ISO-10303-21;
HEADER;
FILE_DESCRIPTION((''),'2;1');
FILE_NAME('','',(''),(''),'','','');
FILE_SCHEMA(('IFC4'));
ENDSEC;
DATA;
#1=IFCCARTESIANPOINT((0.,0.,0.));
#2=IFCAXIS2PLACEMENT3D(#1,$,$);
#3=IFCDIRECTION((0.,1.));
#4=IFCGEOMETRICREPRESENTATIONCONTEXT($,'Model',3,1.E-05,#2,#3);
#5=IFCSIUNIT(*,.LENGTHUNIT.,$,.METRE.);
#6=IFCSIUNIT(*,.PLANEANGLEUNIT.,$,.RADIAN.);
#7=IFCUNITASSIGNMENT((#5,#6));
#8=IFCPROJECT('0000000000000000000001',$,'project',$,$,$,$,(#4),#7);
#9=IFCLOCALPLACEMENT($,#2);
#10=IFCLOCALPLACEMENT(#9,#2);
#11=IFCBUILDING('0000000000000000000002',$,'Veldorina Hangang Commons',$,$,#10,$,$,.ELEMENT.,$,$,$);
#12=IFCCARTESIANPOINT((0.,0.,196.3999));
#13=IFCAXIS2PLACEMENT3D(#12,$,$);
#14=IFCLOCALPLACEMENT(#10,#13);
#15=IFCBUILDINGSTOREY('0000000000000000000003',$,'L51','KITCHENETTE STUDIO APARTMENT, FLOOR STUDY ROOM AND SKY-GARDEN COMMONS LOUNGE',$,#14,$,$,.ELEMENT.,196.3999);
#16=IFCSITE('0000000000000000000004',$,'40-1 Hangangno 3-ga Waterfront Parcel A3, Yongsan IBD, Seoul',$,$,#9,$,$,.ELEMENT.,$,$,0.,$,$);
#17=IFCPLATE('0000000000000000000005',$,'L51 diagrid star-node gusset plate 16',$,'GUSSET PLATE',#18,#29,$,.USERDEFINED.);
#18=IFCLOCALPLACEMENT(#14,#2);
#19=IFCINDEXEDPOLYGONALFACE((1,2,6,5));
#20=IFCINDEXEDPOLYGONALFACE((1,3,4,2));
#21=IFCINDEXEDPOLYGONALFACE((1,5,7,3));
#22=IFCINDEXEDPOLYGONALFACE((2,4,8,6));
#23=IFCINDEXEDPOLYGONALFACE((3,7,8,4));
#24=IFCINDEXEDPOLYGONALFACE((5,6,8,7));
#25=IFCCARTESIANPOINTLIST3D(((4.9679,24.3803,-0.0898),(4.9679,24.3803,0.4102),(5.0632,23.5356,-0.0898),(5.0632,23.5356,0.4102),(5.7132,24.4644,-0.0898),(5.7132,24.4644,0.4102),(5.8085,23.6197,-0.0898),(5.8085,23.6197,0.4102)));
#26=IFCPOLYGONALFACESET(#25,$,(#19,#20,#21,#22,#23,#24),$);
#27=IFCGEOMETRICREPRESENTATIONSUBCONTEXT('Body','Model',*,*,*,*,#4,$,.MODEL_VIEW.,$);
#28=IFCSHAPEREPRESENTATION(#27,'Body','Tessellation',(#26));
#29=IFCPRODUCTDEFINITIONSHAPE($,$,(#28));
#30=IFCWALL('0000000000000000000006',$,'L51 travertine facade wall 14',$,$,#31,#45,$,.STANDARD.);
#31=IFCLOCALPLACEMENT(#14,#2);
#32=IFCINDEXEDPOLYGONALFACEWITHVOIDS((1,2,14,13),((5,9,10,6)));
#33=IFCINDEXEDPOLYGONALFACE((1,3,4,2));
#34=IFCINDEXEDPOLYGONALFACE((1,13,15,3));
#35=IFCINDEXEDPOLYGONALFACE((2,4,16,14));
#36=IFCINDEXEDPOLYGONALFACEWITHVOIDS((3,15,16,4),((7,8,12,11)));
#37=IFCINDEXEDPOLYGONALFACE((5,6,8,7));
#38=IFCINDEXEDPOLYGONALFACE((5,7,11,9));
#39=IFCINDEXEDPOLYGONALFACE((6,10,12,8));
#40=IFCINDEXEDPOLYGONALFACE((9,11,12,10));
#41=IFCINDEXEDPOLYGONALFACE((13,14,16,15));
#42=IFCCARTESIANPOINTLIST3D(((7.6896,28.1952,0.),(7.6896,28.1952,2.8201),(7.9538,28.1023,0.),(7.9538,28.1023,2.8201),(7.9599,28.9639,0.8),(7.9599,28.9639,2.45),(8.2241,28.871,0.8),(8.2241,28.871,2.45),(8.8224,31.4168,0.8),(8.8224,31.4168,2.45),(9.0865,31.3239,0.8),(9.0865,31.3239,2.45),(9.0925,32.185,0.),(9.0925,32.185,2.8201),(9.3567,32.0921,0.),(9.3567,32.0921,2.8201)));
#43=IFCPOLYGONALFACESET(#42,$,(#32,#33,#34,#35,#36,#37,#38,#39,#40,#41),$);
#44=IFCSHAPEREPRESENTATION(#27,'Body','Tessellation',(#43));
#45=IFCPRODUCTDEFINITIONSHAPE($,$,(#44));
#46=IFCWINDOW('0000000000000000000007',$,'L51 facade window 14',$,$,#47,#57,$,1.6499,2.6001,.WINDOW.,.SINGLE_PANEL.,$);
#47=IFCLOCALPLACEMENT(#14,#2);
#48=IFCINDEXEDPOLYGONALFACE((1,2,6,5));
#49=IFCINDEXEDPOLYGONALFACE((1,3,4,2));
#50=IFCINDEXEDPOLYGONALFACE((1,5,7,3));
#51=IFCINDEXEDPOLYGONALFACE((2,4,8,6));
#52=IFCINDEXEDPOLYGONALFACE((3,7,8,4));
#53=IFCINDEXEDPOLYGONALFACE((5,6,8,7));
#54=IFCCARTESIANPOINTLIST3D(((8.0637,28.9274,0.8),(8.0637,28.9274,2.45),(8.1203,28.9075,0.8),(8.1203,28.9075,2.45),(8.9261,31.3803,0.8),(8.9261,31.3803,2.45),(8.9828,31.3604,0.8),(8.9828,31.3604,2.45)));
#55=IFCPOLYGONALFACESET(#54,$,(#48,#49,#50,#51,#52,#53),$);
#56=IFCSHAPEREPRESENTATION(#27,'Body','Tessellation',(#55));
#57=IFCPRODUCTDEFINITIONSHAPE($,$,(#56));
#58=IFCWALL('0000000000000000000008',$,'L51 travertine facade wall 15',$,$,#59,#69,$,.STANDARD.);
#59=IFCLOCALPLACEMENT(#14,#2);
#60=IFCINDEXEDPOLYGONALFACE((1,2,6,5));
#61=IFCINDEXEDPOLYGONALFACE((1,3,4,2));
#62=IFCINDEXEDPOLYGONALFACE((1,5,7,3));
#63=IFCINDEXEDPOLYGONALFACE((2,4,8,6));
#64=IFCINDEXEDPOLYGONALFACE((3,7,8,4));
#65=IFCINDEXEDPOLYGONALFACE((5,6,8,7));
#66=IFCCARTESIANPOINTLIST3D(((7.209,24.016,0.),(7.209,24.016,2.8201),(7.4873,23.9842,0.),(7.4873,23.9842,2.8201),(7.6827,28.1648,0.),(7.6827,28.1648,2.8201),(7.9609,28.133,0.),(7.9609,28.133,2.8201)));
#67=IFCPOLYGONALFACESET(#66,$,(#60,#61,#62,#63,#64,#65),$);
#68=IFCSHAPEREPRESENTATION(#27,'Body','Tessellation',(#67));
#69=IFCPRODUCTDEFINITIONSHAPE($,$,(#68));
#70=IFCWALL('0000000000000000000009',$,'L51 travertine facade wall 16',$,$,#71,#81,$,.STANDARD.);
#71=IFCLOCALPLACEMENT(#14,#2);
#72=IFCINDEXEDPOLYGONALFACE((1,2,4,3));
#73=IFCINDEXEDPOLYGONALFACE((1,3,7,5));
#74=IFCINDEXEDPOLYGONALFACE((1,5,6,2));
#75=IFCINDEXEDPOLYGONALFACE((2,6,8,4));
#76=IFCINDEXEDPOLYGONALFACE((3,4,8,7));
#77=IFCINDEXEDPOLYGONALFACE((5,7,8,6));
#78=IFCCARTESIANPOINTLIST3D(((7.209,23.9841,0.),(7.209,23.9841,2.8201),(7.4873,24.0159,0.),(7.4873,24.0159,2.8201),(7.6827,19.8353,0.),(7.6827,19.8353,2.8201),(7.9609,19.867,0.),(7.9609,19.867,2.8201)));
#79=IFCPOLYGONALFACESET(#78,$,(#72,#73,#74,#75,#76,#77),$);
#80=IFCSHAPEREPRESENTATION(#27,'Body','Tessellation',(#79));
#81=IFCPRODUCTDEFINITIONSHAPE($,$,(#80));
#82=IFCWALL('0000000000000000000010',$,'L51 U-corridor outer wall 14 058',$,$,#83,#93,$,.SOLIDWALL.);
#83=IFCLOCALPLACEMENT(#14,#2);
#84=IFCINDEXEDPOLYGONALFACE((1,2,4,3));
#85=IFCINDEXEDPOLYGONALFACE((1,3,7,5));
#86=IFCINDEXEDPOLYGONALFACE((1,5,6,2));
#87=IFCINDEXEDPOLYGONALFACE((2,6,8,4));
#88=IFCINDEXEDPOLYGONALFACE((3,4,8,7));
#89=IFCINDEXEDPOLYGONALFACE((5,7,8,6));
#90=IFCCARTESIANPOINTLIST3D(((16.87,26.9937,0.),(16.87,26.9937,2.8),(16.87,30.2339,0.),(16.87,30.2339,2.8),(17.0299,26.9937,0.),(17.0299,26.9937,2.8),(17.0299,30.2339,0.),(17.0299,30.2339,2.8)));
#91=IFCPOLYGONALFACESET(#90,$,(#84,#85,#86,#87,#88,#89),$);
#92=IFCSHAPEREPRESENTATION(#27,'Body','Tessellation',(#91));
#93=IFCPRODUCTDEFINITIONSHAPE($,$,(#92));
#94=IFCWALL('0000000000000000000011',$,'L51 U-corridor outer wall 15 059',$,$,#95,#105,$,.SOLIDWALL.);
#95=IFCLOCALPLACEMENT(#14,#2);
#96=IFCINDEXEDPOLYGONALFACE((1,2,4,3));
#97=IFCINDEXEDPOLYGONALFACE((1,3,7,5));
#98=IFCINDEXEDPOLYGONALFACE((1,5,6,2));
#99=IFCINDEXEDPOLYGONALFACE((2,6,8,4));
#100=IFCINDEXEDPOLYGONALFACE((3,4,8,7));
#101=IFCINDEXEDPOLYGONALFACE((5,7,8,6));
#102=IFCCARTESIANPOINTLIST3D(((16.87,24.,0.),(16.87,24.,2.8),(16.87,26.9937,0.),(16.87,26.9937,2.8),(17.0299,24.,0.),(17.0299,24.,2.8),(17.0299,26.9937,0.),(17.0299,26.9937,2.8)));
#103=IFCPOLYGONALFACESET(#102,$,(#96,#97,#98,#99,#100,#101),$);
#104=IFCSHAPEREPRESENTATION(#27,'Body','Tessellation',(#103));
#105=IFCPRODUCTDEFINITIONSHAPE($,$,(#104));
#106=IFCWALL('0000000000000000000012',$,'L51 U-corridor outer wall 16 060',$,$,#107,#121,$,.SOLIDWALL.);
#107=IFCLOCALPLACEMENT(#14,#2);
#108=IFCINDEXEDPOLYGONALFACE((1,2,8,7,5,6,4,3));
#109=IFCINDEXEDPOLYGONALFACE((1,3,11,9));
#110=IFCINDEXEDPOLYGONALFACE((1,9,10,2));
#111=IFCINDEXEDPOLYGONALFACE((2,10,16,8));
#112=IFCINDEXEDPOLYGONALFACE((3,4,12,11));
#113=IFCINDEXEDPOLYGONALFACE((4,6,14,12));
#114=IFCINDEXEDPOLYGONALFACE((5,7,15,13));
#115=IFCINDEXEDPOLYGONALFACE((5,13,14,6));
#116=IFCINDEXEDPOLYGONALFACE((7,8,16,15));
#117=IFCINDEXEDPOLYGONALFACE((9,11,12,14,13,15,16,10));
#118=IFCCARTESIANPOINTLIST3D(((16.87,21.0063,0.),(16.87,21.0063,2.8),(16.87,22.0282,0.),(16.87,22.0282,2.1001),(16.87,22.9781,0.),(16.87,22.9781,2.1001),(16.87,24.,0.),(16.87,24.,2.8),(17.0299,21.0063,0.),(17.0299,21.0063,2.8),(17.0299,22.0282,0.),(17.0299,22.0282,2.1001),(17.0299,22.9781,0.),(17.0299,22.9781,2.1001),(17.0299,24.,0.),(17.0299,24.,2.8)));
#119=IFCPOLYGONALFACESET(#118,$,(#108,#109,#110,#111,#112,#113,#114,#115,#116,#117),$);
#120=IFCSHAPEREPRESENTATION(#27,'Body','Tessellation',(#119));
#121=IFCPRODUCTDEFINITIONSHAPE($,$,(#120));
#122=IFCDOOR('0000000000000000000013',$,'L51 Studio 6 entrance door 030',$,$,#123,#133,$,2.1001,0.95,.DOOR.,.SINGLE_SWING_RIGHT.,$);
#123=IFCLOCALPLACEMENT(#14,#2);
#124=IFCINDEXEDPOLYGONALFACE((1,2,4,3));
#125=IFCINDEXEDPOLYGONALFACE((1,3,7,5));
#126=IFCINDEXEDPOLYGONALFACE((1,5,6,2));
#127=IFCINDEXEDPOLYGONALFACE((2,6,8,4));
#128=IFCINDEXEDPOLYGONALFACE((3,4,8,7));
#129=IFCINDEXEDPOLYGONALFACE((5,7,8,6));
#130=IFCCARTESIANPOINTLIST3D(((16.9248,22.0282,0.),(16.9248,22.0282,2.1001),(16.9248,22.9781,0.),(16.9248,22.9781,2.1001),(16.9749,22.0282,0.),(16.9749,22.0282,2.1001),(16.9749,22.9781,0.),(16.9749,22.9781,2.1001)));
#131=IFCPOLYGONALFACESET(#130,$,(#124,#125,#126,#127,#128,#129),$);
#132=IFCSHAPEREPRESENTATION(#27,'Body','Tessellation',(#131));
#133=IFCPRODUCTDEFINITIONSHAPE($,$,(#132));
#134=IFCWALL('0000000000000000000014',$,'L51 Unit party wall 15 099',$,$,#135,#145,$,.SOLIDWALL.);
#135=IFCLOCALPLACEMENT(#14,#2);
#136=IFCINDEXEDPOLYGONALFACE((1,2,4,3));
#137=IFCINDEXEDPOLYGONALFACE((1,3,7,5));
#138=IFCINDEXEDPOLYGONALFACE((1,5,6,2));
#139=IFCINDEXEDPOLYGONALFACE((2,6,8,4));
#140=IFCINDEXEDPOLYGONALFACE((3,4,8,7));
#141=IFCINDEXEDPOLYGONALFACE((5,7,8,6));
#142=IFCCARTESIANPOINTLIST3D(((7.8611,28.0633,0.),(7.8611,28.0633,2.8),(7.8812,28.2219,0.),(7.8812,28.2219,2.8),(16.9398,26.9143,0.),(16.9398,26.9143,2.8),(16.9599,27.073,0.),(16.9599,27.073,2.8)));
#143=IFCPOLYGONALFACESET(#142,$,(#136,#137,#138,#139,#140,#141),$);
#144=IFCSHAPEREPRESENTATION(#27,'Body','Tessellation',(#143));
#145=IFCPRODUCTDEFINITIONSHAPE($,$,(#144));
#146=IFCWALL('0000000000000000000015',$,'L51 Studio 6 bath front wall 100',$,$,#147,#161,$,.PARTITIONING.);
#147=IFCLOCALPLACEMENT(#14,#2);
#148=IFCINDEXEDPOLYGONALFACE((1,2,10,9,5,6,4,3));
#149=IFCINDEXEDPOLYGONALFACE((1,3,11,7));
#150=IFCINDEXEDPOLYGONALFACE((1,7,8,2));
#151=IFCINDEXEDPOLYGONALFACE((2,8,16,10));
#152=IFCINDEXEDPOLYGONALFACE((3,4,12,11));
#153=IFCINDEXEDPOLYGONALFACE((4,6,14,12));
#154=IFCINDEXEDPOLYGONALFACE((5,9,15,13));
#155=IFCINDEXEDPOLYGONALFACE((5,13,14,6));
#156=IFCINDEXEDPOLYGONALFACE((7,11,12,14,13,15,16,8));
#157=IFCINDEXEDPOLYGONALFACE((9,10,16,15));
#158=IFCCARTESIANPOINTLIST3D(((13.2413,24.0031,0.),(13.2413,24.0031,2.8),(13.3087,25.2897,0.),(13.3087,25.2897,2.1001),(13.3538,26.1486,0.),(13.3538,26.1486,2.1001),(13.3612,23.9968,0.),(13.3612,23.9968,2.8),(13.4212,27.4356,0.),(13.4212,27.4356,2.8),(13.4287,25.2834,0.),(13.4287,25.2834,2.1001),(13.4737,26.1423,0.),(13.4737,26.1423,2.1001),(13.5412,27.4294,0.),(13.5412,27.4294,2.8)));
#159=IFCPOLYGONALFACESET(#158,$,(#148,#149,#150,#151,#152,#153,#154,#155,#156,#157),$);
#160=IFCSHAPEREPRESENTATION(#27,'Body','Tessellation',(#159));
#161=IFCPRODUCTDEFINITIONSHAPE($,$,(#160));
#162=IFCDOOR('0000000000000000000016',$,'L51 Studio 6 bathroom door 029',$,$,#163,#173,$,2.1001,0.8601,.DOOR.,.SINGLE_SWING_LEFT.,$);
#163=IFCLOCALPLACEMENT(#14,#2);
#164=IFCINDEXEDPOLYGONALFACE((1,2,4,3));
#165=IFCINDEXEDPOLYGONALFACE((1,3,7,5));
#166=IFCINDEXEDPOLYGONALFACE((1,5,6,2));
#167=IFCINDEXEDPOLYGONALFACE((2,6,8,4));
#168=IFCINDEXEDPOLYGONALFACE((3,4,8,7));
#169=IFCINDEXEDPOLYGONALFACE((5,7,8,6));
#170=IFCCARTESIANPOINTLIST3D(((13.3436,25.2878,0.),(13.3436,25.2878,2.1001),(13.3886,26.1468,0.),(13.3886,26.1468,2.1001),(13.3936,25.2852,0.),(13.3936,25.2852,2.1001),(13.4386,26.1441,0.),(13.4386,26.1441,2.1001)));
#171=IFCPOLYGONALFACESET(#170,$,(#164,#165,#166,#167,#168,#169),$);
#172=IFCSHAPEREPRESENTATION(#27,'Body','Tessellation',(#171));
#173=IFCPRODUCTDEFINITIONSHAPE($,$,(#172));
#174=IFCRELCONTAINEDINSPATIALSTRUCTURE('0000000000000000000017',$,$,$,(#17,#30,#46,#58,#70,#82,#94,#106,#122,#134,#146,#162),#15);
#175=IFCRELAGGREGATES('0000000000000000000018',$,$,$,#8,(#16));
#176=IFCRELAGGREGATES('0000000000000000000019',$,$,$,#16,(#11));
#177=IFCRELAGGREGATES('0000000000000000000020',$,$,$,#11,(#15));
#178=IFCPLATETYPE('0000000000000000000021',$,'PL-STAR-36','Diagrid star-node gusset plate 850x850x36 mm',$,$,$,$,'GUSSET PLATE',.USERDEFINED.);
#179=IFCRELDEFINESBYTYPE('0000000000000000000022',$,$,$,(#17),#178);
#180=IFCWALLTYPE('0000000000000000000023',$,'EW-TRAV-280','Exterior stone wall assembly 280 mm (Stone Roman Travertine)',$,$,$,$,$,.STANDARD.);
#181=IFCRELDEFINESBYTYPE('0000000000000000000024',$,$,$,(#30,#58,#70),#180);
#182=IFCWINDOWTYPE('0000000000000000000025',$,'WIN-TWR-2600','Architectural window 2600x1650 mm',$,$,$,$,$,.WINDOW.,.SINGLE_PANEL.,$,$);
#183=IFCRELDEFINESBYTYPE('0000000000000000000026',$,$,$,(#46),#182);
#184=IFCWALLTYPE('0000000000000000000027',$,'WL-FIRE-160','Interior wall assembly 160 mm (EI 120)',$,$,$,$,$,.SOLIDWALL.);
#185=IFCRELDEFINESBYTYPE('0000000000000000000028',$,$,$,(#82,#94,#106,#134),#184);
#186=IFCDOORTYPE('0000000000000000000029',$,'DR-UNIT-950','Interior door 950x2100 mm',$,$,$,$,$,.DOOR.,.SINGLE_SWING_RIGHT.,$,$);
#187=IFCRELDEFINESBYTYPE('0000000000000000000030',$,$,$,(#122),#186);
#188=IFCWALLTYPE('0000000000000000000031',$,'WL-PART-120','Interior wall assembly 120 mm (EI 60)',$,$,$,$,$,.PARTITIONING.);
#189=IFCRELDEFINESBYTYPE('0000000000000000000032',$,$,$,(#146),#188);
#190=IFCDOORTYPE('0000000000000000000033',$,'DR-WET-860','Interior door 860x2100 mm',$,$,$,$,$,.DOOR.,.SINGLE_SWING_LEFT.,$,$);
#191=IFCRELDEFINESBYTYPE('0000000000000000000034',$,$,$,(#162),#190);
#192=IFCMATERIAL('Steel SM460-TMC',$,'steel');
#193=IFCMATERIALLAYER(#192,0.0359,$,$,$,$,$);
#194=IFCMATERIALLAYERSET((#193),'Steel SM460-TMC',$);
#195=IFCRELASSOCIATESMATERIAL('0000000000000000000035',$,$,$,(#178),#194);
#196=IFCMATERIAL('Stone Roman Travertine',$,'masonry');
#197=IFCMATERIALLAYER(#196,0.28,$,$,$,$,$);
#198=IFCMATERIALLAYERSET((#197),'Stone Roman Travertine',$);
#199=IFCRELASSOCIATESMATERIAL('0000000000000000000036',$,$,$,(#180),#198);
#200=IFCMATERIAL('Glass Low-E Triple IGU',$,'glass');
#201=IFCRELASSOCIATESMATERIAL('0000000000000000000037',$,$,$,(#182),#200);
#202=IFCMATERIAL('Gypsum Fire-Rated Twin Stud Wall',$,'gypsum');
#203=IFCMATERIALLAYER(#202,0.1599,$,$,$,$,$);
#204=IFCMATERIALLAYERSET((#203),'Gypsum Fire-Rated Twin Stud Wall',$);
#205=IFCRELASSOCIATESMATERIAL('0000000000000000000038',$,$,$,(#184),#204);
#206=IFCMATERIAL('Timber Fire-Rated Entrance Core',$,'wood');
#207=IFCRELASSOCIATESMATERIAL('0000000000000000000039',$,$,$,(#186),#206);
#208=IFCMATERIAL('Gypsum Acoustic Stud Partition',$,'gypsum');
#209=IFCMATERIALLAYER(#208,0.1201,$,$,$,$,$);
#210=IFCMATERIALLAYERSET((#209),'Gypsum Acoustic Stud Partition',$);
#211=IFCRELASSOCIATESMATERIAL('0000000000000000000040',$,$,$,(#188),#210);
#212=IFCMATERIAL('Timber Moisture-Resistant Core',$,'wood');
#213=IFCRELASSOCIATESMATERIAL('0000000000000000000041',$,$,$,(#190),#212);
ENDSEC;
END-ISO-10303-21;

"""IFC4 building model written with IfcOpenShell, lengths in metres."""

from ifc_helpers import new_model, si_unit, direction, frame, frame_2d, origin, origin_2d, place, context, subcontext, project, spatial, rectangle, extrude, material, layer, layer_set, type_object, element, fill, save


model = new_model("IFC4")

# Units and contexts
model_context = context("Model", 3, precision=1e-05, world=origin(), true_north=direction((0.0, 1.0)))
body_context = subcontext(model_context, "Body", "Model", "MODEL_VIEW")
ifc_project = project(units=[si_unit("LENGTHUNIT", "METRE"), si_unit("PLANEANGLEUNIT", "RADIAN")], contexts=[model_context])

# Site, building, storey
site_placement = place(None, origin())
site = spatial("IfcSite", under=ifc_project, at=site_placement, Name="40-1 Hangangno 3-ga Waterfront Parcel A3, Yongsan IBD, Seoul", CompositionType="ELEMENT", RefElevation=0.0)
building_placement = place(site_placement, origin())
building = spatial("IfcBuilding", under=site, at=building_placement, Name="Veldorina Hangang Commons", CompositionType="ELEMENT")
storey_placement = place(building_placement, frame((0.0, 0.0, 196.3999)))
storey = spatial("IfcBuildingStorey", under=building, at=storey_placement, Name="L51", Description="KITCHENETTE STUDIO APARTMENT, FLOOR STUDY ROOM AND SKY-GARDEN COMMONS LOUNGE", CompositionType="ELEMENT", Elevation=196.3999)

# Plate
ifc_material_1 = material(Name="Steel SM460-TMC", Category="steel")
ifc_layer_1 = layer(ifc_material_1, 0.0359)
ifc_layer_set_1 = layer_set([ifc_layer_1], Name="Steel SM460-TMC")
plate_type = type_object("IfcPlateType", Name="PL-STAR-36", Description="Diagrid star-node gusset plate 850x850x36 mm", ElementType="GUSSET PLATE", PredefinedType="USERDEFINED", material=ifc_layer_set_1)
plate_1_placement = place(storey_placement, frame((5.3882, 24.0, -0.0898), z_axis=(0.0, 0.0, 1.0), x_axis=(0.112128, -0.993694, 0.0)))
element("IfcPlate", 1, at=plate_1_placement, inside=storey, type_object=plate_type, Name="L51 diagrid star-node gusset plate 16", ObjectType="GUSSET PLATE", PredefinedType="USERDEFINED", context=body_context, shape_type="SweptSolid", body=[
    extrude(rectangle(XDim=0.8501, YDim=0.75, at=origin_2d()), origin(), (0.0, 0.0, 1.0), 0.5),
])

# Wall, opening, window
ifc_material_2 = material(Name="Stone Roman Travertine", Category="masonry")
ifc_layer_2 = layer(ifc_material_2, 0.28)
ifc_layer_set_2 = layer_set([ifc_layer_2], Name="Stone Roman Travertine")
wall_type_1 = type_object("IfcWallType", Name="EW-TRAV-280", Description="Exterior stone wall assembly 280 mm (Stone Roman Travertine)", PredefinedType="STANDARD", material=ifc_layer_set_2)
wall_1_placement = place(storey_placement, frame((9.2246, 32.1387, 0.0), z_axis=(0.0, 0.0, 1.0), x_axis=(-0.331703, -0.943384, 0.0)))
wall_1 = element("IfcWall", 2, at=wall_1_placement, inside=storey, type_object=wall_type_1, Name="L51 travertine facade wall 14", PredefinedType="STANDARD", context=body_context, shape_type="SweptSolid", body=[
    extrude(rectangle(XDim=4.2292, YDim=0.28, at=frame_2d((2.1147, 0.0))), origin(), (0.0, 0.0, 1.0), 2.8201),
])
opening_1_placement = place(wall_1_placement, frame((0.8145, 0.0, 0.8)))
opening_1 = element("IfcOpeningElement", 3, at=opening_1_placement, cuts=wall_1, PredefinedType="OPENING", context=body_context, shape_type="SweptSolid", body=[
    extrude(rectangle(XDim=2.6001, YDim=1.6499, at=frame_2d((1.3, 0.825))), frame((0.0, 0.1499, 0.0), z_axis=(0.0, -1.0, 0.0), x_axis=(1.0, 0.0, 0.0)), (0.0, 0.0, 1.0), 0.3),
])
ifc_material_3 = material(Name="Glass Low-E Triple IGU", Category="glass")
window_type = type_object("IfcWindowType", Name="WIN-TWR-2600", Description="Architectural window 2600x1650 mm", PartitioningType="SINGLE_PANEL", PredefinedType="WINDOW", material=ifc_material_3)
window_placement = place(opening_1_placement, origin())
window = element("IfcWindow", 4, at=window_placement, inside=storey, type_object=window_type, Name="L51 facade window 14", OverallHeight=1.6499, OverallWidth=2.6001, PartitioningType="SINGLE_PANEL", PredefinedType="WINDOW", context=body_context, shape_type="SweptSolid", body=[
    extrude(rectangle(XDim=2.6001, YDim=1.6499, at=frame_2d((1.3, 0.825))), frame((0.0, 0.03, 0.0), z_axis=(0.0, -1.0, 0.0), x_axis=(1.0, 0.0, 0.0)), (0.0, 0.0, 1.0), 0.0601),
])
fill(opening_1, window)

# Walls
for number, where, z_axis, x_axis, name in (
    (5, (7.8218, 28.1489, 0.0), (0.0, 0.0, 1.0), (-0.113421, -0.993547, 0.0), "L51 travertine facade wall 15"),
    (6, (7.3481, 24.0, 0.0), (0.0, 0.0, 1.0), (0.113421, -0.993547, 0.0), "L51 travertine facade wall 16"),
):
    element("IfcWall", number, at=place(storey_placement, frame(where, z_axis=z_axis, x_axis=x_axis)), inside=storey, type_object=wall_type_1, Name=name, PredefinedType="STANDARD", context=body_context, shape_type="SweptSolid", body=[
        extrude(rectangle(XDim=4.1758, YDim=0.28, at=frame_2d((2.0879, 0.0))), origin(), (0.0, 0.0, 1.0), 2.8201),
    ])
ifc_material_4 = material(Name="Gypsum Fire-Rated Twin Stud Wall", Category="gypsum")
ifc_layer_3 = layer(ifc_material_4, 0.1599)
ifc_layer_set_3 = layer_set([ifc_layer_3], Name="Gypsum Fire-Rated Twin Stud Wall")
wall_type_2 = type_object("IfcWallType", Name="WL-FIRE-160", Description="Interior wall assembly 160 mm (EI 120)", PredefinedType="SOLIDWALL", material=ifc_layer_set_3)
wall_2_placement = place(storey_placement, frame((16.95, 30.2339, 0.0), z_axis=(0.0, 0.0, 1.0), x_axis=(0.0, -1.0, 0.0)))
element("IfcWall", 7, at=wall_2_placement, inside=storey, type_object=wall_type_2, Name="L51 U-corridor outer wall 14 058", PredefinedType="SOLIDWALL", context=body_context, shape_type="SweptSolid", body=[
    extrude(rectangle(XDim=3.2402, YDim=0.1599, at=frame_2d((1.6201, 0.0))), origin(), (0.0, 0.0, 1.0), 2.8),
])
wall_3_placement = place(storey_placement, frame((16.95, 26.9937, 0.0), z_axis=(0.0, 0.0, 1.0), x_axis=(0.0, -1.0, 0.0)))
element("IfcWall", 8, at=wall_3_placement, inside=storey, type_object=wall_type_2, Name="L51 U-corridor outer wall 15 059", PredefinedType="SOLIDWALL", context=body_context, shape_type="SweptSolid", body=[
    extrude(rectangle(XDim=2.9937, YDim=0.1599, at=frame_2d((1.4968, 0.0))), origin(), (0.0, 0.0, 1.0), 2.8),
])

# Wall, opening, door
wall_4_placement = place(storey_placement, frame((16.95, 24.0, 0.0), z_axis=(0.0, 0.0, 1.0), x_axis=(0.0, -1.0, 0.0)))
wall_4 = element("IfcWall", 9, at=wall_4_placement, inside=storey, type_object=wall_type_2, Name="L51 U-corridor outer wall 16 060", PredefinedType="SOLIDWALL", context=body_context, shape_type="SweptSolid", body=[
    extrude(rectangle(XDim=2.9937, YDim=0.1599, at=frame_2d((1.4968, 0.0))), origin(), (0.0, 0.0, 1.0), 2.8),
])
opening_2_placement = place(wall_4_placement, frame((1.0217, 0.0, 0.0)))
opening_2 = element("IfcOpeningElement", 10, at=opening_2_placement, cuts=wall_4, PredefinedType="OPENING", context=body_context, shape_type="SweptSolid", body=[
    extrude(rectangle(XDim=0.95, YDim=2.1001, at=frame_2d((0.4751, 1.05))), frame((0.0, 0.0898, 0.0), z_axis=(0.0, -1.0, 0.0), x_axis=(1.0, 0.0, 0.0)), (0.0, 0.0, 1.0), 0.1799),
])
ifc_material_5 = material(Name="Timber Fire-Rated Entrance Core", Category="wood")
door_type_1 = type_object("IfcDoorType", Name="DR-UNIT-950", Description="Interior door 950x2100 mm", OperationType="SINGLE_SWING_RIGHT", PredefinedType="DOOR", material=ifc_material_5)
door_1_placement = place(opening_2_placement, origin())
door_1 = element("IfcDoor", 11, at=door_1_placement, inside=storey, type_object=door_type_1, Name="L51 Studio 6 entrance door 030", OperationType="SINGLE_SWING_RIGHT", OverallHeight=2.1001, OverallWidth=0.95, PredefinedType="DOOR", context=body_context, shape_type="SweptSolid", body=[
    extrude(rectangle(XDim=0.95, YDim=2.1001, at=frame_2d((0.4751, 1.05))), frame((0.0, 0.0249, 0.0), z_axis=(0.0, -1.0, 0.0), x_axis=(1.0, 0.0, 0.0)), (0.0, 0.0, 1.0), 0.05),
])
fill(opening_2, door_1)

# Wall
wall_5_placement = place(storey_placement, frame((16.95, 26.9937, 0.0), z_axis=(0.0, 0.0, 1.0), x_axis=(-0.992087, 0.125552, 0.0)))
element("IfcWall", 12, at=wall_5_placement, inside=storey, type_object=wall_type_2, Name="L51 Unit party wall 15 099", PredefinedType="SOLIDWALL", context=body_context, shape_type="SweptSolid", body=[
    extrude(rectangle(XDim=9.1511, YDim=0.1599, at=frame_2d((4.5757, 0.0))), origin(), (0.0, 0.0, 1.0), 2.8),
])

# Wall, opening, door
ifc_material_6 = material(Name="Gypsum Acoustic Stud Partition", Category="gypsum")
ifc_layer_4 = layer(ifc_material_6, 0.1201)
ifc_layer_set_4 = layer_set([ifc_layer_4], Name="Gypsum Acoustic Stud Partition")
wall_type_3 = type_object("IfcWallType", Name="WL-PART-120", Description="Interior wall assembly 120 mm (EI 60)", PredefinedType="PARTITIONING", material=ifc_layer_set_4)
wall_6_placement = place(storey_placement, frame((13.4812, 27.4326, 0.0), z_axis=(0.0, 0.0, 1.0), x_axis=(-0.052346, -0.998629, 0.0)))
wall_6 = element("IfcWall", 13, at=wall_6_placement, inside=storey, type_object=wall_type_3, Name="L51 Studio 6 bath front wall 100", PredefinedType="PARTITIONING", context=body_context, shape_type="SweptSolid", body=[
    extrude(rectangle(XDim=3.4373, YDim=0.1201, at=frame_2d((1.7188, 0.0))), origin(), (0.0, 0.0, 1.0), 2.8),
])
opening_3_placement = place(wall_6_placement, frame((1.2888, 0.0, 0.0)))
opening_3 = element("IfcOpeningElement", 14, at=opening_3_placement, cuts=wall_6, PredefinedType="OPENING", context=body_context, shape_type="SweptSolid", body=[
    extrude(rectangle(XDim=0.8601, YDim=2.1001, at=frame_2d((0.4302, 1.05))), frame((0.0, 0.0701, 0.0), z_axis=(0.0, -1.0, 0.0), x_axis=(1.0, 0.0, 0.0)), (0.0, 0.0, 1.0), 0.1401),
])
ifc_material_7 = material(Name="Timber Moisture-Resistant Core", Category="wood")
door_type_2 = type_object("IfcDoorType", Name="DR-WET-860", Description="Interior door 860x2100 mm", OperationType="SINGLE_SWING_LEFT", PredefinedType="DOOR", material=ifc_material_7)
door_2_placement = place(opening_3_placement, origin())
door_2 = element("IfcDoor", 15, at=door_2_placement, inside=storey, type_object=door_type_2, Name="L51 Studio 6 bathroom door 029", OperationType="SINGLE_SWING_LEFT", OverallHeight=2.1001, OverallWidth=0.8601, PredefinedType="DOOR", context=body_context, shape_type="SweptSolid", body=[
    extrude(rectangle(XDim=0.8601, YDim=2.1001, at=frame_2d((0.4302, 1.05))), frame((0.0, 0.0249, 0.0), z_axis=(0.0, -1.0, 0.0), x_axis=(1.0, 0.0, 0.0)), (0.0, 0.0, 1.0), 0.05),
])
fill(opening_3, door_2)

save(model, "model.ifc")
